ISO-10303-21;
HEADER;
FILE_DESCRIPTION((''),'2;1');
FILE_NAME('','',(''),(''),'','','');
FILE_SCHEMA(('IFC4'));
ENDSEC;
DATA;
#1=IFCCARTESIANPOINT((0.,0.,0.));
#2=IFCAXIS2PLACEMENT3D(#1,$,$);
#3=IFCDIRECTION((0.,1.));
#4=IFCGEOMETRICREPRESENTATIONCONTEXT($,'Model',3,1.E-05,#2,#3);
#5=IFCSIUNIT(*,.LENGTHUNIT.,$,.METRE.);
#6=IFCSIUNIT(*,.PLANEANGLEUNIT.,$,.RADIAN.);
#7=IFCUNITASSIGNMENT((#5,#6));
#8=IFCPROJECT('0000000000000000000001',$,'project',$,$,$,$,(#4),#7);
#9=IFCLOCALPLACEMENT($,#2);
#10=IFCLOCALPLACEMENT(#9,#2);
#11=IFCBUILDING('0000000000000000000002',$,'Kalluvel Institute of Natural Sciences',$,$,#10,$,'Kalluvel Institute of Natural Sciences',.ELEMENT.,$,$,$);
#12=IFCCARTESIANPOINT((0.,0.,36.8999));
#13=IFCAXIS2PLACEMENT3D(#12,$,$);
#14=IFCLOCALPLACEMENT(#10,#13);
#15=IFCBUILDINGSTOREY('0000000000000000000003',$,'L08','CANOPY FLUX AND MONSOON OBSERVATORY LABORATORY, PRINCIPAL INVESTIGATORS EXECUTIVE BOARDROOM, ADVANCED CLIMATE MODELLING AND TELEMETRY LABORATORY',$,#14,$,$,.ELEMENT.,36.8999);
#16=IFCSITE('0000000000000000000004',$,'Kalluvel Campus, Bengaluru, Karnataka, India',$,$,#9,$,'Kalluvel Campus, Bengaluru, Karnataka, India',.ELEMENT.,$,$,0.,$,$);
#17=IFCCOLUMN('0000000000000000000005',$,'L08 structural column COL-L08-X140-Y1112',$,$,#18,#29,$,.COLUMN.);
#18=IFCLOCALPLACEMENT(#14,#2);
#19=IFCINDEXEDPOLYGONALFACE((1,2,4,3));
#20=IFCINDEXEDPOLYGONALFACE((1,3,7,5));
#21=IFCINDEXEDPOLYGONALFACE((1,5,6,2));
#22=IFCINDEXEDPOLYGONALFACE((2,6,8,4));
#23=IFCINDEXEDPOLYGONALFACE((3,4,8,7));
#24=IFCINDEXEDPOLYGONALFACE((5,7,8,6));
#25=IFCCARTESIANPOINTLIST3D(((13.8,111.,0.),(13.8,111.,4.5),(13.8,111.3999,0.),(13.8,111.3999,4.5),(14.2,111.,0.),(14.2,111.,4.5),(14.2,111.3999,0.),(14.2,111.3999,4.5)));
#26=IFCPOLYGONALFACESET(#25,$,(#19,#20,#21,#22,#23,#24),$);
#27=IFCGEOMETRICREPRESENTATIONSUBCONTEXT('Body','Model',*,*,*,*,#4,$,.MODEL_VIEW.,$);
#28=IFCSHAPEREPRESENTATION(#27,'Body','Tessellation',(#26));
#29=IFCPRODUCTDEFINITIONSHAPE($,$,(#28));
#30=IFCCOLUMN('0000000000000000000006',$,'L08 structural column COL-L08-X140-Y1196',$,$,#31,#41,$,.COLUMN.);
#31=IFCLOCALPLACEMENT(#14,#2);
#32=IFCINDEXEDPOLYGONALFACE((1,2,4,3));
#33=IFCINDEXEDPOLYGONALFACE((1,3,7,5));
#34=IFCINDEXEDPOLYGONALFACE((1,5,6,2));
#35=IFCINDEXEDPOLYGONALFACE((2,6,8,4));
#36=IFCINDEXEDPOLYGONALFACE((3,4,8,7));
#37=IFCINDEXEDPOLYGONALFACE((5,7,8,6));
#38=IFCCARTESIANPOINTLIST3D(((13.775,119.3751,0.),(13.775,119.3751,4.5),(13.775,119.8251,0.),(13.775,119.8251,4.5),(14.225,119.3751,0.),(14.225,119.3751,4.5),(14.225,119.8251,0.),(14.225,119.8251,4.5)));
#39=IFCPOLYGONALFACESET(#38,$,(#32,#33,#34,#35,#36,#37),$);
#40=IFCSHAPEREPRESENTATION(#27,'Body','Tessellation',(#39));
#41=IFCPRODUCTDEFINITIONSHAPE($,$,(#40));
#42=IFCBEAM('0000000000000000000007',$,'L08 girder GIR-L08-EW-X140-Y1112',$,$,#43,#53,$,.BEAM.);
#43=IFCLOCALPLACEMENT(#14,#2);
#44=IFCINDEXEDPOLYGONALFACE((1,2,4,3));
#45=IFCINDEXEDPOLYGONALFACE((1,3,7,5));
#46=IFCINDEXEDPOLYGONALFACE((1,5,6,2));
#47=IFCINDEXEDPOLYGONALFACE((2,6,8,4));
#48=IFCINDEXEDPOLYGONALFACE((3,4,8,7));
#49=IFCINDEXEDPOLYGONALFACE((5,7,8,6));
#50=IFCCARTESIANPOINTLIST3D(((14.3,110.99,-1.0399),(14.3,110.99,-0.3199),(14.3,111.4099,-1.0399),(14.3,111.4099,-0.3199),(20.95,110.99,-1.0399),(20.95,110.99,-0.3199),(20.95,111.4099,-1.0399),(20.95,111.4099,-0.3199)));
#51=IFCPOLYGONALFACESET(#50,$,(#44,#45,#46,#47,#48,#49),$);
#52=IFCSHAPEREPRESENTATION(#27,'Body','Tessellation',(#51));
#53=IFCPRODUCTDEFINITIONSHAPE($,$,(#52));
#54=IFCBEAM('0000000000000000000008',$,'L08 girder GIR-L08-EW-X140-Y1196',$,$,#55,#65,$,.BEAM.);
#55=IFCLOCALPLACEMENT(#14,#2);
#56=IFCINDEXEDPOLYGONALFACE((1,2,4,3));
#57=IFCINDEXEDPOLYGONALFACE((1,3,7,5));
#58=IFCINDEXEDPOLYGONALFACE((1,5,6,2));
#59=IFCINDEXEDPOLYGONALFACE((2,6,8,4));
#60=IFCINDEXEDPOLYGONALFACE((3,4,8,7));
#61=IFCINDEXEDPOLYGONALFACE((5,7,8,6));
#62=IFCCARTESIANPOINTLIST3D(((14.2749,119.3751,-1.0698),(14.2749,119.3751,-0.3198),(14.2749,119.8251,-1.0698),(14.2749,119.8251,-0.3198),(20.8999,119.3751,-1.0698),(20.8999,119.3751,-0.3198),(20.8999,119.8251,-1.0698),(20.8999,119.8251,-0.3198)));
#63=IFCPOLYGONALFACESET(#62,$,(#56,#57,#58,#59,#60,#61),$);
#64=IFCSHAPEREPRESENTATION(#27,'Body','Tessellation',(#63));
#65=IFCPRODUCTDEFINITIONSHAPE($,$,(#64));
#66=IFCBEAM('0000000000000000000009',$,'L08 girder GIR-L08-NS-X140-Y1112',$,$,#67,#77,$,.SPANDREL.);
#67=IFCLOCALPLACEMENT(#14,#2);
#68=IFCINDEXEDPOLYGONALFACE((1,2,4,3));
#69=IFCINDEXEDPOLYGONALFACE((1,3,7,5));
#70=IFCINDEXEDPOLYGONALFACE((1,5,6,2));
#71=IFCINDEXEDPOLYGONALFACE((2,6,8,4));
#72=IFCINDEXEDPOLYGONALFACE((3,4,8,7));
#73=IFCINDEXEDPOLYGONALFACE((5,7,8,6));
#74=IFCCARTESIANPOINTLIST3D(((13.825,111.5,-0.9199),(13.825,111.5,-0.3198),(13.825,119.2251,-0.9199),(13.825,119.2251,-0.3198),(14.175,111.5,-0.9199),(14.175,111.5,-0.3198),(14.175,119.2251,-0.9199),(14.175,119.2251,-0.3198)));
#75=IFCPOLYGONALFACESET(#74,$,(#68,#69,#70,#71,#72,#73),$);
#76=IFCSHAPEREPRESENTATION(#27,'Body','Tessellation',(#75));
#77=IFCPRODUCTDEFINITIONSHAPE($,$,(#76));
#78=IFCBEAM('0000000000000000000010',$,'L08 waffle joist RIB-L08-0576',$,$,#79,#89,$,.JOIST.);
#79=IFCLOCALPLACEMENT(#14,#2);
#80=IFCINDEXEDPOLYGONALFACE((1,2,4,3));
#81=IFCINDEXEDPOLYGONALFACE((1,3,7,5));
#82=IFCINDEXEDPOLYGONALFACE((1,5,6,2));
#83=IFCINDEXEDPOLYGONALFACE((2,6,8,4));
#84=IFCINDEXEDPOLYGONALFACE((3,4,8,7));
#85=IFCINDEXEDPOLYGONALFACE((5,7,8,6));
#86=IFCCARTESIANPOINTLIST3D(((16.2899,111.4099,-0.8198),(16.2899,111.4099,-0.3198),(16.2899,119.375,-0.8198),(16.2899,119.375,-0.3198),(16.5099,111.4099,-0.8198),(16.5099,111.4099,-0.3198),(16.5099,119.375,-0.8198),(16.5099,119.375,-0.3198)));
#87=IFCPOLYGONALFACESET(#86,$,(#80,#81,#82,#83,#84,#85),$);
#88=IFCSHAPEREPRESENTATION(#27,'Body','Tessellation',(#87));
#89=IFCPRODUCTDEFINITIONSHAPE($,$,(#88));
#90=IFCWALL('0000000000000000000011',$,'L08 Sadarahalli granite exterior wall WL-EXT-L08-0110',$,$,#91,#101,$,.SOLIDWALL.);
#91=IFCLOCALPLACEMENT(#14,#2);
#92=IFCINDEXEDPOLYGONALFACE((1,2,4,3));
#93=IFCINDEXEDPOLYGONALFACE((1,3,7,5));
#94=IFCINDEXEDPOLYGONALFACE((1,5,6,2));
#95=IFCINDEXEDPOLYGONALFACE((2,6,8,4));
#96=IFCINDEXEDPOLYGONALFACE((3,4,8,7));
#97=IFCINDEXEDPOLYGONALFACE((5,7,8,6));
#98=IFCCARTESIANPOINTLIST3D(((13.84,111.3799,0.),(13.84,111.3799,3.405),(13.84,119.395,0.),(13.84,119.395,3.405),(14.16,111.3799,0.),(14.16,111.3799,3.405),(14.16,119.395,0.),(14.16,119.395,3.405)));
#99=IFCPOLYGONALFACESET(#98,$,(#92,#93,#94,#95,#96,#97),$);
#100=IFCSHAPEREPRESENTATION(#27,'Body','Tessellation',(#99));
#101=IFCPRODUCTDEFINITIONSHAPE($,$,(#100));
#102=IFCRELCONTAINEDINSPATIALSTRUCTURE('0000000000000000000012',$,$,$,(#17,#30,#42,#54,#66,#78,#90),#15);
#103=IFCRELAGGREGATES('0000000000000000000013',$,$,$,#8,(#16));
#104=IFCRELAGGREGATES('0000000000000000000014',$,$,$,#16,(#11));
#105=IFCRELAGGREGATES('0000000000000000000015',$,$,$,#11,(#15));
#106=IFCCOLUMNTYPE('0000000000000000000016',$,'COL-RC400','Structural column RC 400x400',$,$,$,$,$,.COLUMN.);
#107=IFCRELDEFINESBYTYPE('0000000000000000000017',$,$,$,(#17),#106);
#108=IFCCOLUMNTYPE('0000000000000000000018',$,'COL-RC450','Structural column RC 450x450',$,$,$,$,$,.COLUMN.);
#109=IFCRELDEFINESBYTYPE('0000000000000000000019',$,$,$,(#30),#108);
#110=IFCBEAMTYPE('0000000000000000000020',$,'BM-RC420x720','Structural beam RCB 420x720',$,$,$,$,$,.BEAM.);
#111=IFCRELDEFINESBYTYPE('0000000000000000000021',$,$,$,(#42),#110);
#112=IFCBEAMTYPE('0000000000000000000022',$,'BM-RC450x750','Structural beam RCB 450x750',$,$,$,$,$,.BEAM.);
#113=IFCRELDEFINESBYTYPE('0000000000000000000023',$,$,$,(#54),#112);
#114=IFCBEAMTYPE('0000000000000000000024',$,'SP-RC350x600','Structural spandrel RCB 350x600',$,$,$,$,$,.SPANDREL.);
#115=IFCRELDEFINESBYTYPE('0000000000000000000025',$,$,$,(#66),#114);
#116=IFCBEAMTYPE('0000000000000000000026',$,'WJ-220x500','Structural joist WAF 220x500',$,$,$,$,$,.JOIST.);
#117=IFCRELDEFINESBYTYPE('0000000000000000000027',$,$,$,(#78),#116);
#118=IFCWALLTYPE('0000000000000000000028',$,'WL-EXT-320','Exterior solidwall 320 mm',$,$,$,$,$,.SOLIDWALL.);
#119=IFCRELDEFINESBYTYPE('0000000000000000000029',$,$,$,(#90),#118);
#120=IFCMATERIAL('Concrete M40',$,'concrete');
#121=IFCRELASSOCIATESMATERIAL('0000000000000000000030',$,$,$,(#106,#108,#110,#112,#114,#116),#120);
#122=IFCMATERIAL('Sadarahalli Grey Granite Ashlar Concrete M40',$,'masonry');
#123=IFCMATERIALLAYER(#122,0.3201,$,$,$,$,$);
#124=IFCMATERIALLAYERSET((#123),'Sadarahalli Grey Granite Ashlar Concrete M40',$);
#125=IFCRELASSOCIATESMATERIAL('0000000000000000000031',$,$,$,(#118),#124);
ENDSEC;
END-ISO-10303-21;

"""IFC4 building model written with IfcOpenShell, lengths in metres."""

from ifc_helpers import new_model, si_unit, direction, frame, frame_2d, origin, origin_2d, place, context, subcontext, project, spatial, rectangle, extrude, material, layer, layer_set, material_profile, profile_set, type_object, element, save


model = new_model("IFC4")

# Units and contexts
model_context = context("Model", 3, precision=1e-05, world=origin(), true_north=direction((0.0, 1.0)))
body_context = subcontext(model_context, "Body", "Model", "MODEL_VIEW")
ifc_project = project(units=[si_unit("LENGTHUNIT", "METRE"), si_unit("PLANEANGLEUNIT", "RADIAN")], contexts=[model_context])

# Site, building, storey
site_placement = place(None, origin())
site = spatial("IfcSite", under=ifc_project, at=site_placement, Name="Kalluvel Campus, Bengaluru, Karnataka, India", LongName="Kalluvel Campus, Bengaluru, Karnataka, India", CompositionType="ELEMENT", RefElevation=0.0)
building_placement = place(site_placement, origin())
building = spatial("IfcBuilding", under=site, at=building_placement, Name="Kalluvel Institute of Natural Sciences", LongName="Kalluvel Institute of Natural Sciences", CompositionType="ELEMENT")
storey_placement = place(building_placement, frame((0.0, 0.0, 36.8999)))
storey = spatial("IfcBuildingStorey", under=building, at=storey_placement, Name="L08", Description="CANOPY FLUX AND MONSOON OBSERVATORY LABORATORY, PRINCIPAL INVESTIGATORS EXECUTIVE BOARDROOM, ADVANCED CLIMATE MODELLING AND TELEMETRY LABORATORY", CompositionType="ELEMENT", Elevation=36.8999)

# Columns
ifc_material_1 = material(Name="Concrete M40", Category="concrete")
ifc_material_profile_1 = material_profile(ifc_material_1, rectangle(XDim=0.3999, YDim=0.3999, at=origin_2d()), Name="RC 400x400")
ifc_profile_set_1 = profile_set([ifc_material_profile_1], Name="Concrete M40")
column_type_1 = type_object("IfcColumnType", Name="COL-RC400", Description="Structural column RC 400x400", PredefinedType="COLUMN", material=ifc_profile_set_1)
column_1_placement = place(storey_placement, frame((14.0, 111.2, 0.0), z_axis=(0.0, 0.0, 1.0), x_axis=(1.0, 0.0, 0.0)))
element("IfcColumn", 1, at=column_1_placement, inside=storey, type_object=column_type_1, Name="L08 structural column COL-L08-X140-Y1112", PredefinedType="COLUMN", context=body_context, shape_type="SweptSolid", body=[
    extrude(rectangle(XDim=0.3999, YDim=0.3999, at=origin_2d()), origin(), (0.0, 0.0, 1.0), 4.5),
])
ifc_material_profile_2 = material_profile(ifc_material_1, rectangle(XDim=0.45, YDim=0.45, at=origin_2d()), Name="RC 450x450")
ifc_profile_set_2 = profile_set([ifc_material_profile_2], Name="Concrete M40")
column_type_2 = type_object("IfcColumnType", Name="COL-RC450", Description="Structural column RC 450x450", PredefinedType="COLUMN", material=ifc_profile_set_2)
column_2_placement = place(storey_placement, frame((14.0, 119.6001, 0.0), z_axis=(0.0, 0.0, 1.0), x_axis=(1.0, 0.0, 0.0)))
element("IfcColumn", 2, at=column_2_placement, inside=storey, type_object=column_type_2, Name="L08 structural column COL-L08-X140-Y1196", PredefinedType="COLUMN", context=body_context, shape_type="SweptSolid", body=[
    extrude(rectangle(XDim=0.45, YDim=0.45, at=origin_2d()), origin(), (0.0, 0.0, 1.0), 4.5),
])

# Beams
ifc_material_profile_3 = material_profile(ifc_material_1, rectangle(XDim=0.4199, YDim=0.72, at=origin_2d()), Name="RCB 420x720")
ifc_profile_set_3 = profile_set([ifc_material_profile_3], Name="Concrete M40")
beam_type_1 = type_object("IfcBeamType", Name="BM-RC420x720", Description="Structural beam RCB 420x720", PredefinedType="BEAM", material=ifc_profile_set_3)
beam_1_placement = place(storey_placement, frame((14.3, 111.2, -0.6799), z_axis=(1.0, 0.0, 0.0), x_axis=(0.0, 1.0, 0.0)))
element("IfcBeam", 3, at=beam_1_placement, inside=storey, type_object=beam_type_1, Name="L08 girder GIR-L08-EW-X140-Y1112", PredefinedType="BEAM", context=body_context, shape_type="SweptSolid", body=[
    extrude(rectangle(XDim=0.4199, YDim=0.72, at=origin_2d()), origin(), (0.0, 0.0, 1.0), 6.6499),
])
ifc_material_profile_4 = material_profile(ifc_material_1, rectangle(XDim=0.45, YDim=0.75, at=origin_2d()), Name="RCB 450x750")
ifc_profile_set_4 = profile_set([ifc_material_profile_4], Name="Concrete M40")
beam_type_2 = type_object("IfcBeamType", Name="BM-RC450x750", Description="Structural beam RCB 450x750", PredefinedType="BEAM", material=ifc_profile_set_4)
beam_2_placement = place(storey_placement, frame((14.2749, 119.6001, -0.6948), z_axis=(1.0, 0.0, 0.0), x_axis=(0.0, 1.0, 0.0)))
element("IfcBeam", 4, at=beam_2_placement, inside=storey, type_object=beam_type_2, Name="L08 girder GIR-L08-EW-X140-Y1196", PredefinedType="BEAM", context=body_context, shape_type="SweptSolid", body=[
    extrude(rectangle(XDim=0.45, YDim=0.75, at=origin_2d()), origin(), (0.0, 0.0, 1.0), 6.625),
])
ifc_material_profile_5 = material_profile(ifc_material_1, rectangle(XDim=0.3501, YDim=0.6001, at=origin_2d()), Name="RCB 350x600")
ifc_profile_set_5 = profile_set([ifc_material_profile_5], Name="Concrete M40")
beam_type_3 = type_object("IfcBeamType", Name="SP-RC350x600", Description="Structural spandrel RCB 350x600", PredefinedType="SPANDREL", material=ifc_profile_set_5)
beam_3_placement = place(storey_placement, frame((14.0, 111.5, -0.6199), z_axis=(0.0, 1.0, 0.0), x_axis=(-1.0, 0.0, 0.0)))
element("IfcBeam", 5, at=beam_3_placement, inside=storey, type_object=beam_type_3, Name="L08 girder GIR-L08-NS-X140-Y1112", PredefinedType="SPANDREL", context=body_context, shape_type="SweptSolid", body=[
    extrude(rectangle(XDim=0.3501, YDim=0.6001, at=origin_2d()), origin(), (0.0, 0.0, 1.0), 7.7251),
])
ifc_material_profile_6 = material_profile(ifc_material_1, rectangle(XDim=0.22, YDim=0.5, at=origin_2d()), Name="WAF 220x500")
ifc_profile_set_6 = profile_set([ifc_material_profile_6], Name="Concrete M40")
beam_type_4 = type_object("IfcBeamType", Name="WJ-220x500", Description="Structural joist WAF 220x500", PredefinedType="JOIST", material=ifc_profile_set_6)
beam_4_placement = place(storey_placement, frame((16.3999, 111.4099, -0.5698), z_axis=(0.0, 1.0, 0.0), x_axis=(-1.0, 0.0, 0.0)))
element("IfcBeam", 6, at=beam_4_placement, inside=storey, type_object=beam_type_4, Name="L08 waffle joist RIB-L08-0576", PredefinedType="JOIST", context=body_context, shape_type="SweptSolid", body=[
    extrude(rectangle(XDim=0.22, YDim=0.5, at=origin_2d()), origin(), (0.0, 0.0, 1.0), 7.9651),
])

# Wall
ifc_material_2 = material(Name="Sadarahalli Grey Granite Ashlar Concrete M40", Category="masonry")
ifc_layer_1 = layer(ifc_material_2, 0.3201)
ifc_layer_set_1 = layer_set([ifc_layer_1], Name="Sadarahalli Grey Granite Ashlar Concrete M40")
wall_type_1 = type_object("IfcWallType", Name="WL-EXT-320", Description="Exterior solidwall 320 mm", PredefinedType="SOLIDWALL", material=ifc_layer_set_1)
wall_1_placement = place(storey_placement, frame((14.0, 111.3799, 0.0), z_axis=(0.0, 0.0, 1.0), x_axis=(0.0, 1.0, 0.0)))
element("IfcWall", 7, at=wall_1_placement, inside=storey, type_object=wall_type_1, Name="L08 Sadarahalli granite exterior wall WL-EXT-L08-0110", PredefinedType="SOLIDWALL", context=body_context, shape_type="SweptSolid", body=[
    extrude(rectangle(XDim=8.0151, YDim=0.3201, at=frame_2d((4.0076, 0.0))), origin(), (0.0, 0.0, 1.0), 3.405),
])

save(model, "model.ifc")
